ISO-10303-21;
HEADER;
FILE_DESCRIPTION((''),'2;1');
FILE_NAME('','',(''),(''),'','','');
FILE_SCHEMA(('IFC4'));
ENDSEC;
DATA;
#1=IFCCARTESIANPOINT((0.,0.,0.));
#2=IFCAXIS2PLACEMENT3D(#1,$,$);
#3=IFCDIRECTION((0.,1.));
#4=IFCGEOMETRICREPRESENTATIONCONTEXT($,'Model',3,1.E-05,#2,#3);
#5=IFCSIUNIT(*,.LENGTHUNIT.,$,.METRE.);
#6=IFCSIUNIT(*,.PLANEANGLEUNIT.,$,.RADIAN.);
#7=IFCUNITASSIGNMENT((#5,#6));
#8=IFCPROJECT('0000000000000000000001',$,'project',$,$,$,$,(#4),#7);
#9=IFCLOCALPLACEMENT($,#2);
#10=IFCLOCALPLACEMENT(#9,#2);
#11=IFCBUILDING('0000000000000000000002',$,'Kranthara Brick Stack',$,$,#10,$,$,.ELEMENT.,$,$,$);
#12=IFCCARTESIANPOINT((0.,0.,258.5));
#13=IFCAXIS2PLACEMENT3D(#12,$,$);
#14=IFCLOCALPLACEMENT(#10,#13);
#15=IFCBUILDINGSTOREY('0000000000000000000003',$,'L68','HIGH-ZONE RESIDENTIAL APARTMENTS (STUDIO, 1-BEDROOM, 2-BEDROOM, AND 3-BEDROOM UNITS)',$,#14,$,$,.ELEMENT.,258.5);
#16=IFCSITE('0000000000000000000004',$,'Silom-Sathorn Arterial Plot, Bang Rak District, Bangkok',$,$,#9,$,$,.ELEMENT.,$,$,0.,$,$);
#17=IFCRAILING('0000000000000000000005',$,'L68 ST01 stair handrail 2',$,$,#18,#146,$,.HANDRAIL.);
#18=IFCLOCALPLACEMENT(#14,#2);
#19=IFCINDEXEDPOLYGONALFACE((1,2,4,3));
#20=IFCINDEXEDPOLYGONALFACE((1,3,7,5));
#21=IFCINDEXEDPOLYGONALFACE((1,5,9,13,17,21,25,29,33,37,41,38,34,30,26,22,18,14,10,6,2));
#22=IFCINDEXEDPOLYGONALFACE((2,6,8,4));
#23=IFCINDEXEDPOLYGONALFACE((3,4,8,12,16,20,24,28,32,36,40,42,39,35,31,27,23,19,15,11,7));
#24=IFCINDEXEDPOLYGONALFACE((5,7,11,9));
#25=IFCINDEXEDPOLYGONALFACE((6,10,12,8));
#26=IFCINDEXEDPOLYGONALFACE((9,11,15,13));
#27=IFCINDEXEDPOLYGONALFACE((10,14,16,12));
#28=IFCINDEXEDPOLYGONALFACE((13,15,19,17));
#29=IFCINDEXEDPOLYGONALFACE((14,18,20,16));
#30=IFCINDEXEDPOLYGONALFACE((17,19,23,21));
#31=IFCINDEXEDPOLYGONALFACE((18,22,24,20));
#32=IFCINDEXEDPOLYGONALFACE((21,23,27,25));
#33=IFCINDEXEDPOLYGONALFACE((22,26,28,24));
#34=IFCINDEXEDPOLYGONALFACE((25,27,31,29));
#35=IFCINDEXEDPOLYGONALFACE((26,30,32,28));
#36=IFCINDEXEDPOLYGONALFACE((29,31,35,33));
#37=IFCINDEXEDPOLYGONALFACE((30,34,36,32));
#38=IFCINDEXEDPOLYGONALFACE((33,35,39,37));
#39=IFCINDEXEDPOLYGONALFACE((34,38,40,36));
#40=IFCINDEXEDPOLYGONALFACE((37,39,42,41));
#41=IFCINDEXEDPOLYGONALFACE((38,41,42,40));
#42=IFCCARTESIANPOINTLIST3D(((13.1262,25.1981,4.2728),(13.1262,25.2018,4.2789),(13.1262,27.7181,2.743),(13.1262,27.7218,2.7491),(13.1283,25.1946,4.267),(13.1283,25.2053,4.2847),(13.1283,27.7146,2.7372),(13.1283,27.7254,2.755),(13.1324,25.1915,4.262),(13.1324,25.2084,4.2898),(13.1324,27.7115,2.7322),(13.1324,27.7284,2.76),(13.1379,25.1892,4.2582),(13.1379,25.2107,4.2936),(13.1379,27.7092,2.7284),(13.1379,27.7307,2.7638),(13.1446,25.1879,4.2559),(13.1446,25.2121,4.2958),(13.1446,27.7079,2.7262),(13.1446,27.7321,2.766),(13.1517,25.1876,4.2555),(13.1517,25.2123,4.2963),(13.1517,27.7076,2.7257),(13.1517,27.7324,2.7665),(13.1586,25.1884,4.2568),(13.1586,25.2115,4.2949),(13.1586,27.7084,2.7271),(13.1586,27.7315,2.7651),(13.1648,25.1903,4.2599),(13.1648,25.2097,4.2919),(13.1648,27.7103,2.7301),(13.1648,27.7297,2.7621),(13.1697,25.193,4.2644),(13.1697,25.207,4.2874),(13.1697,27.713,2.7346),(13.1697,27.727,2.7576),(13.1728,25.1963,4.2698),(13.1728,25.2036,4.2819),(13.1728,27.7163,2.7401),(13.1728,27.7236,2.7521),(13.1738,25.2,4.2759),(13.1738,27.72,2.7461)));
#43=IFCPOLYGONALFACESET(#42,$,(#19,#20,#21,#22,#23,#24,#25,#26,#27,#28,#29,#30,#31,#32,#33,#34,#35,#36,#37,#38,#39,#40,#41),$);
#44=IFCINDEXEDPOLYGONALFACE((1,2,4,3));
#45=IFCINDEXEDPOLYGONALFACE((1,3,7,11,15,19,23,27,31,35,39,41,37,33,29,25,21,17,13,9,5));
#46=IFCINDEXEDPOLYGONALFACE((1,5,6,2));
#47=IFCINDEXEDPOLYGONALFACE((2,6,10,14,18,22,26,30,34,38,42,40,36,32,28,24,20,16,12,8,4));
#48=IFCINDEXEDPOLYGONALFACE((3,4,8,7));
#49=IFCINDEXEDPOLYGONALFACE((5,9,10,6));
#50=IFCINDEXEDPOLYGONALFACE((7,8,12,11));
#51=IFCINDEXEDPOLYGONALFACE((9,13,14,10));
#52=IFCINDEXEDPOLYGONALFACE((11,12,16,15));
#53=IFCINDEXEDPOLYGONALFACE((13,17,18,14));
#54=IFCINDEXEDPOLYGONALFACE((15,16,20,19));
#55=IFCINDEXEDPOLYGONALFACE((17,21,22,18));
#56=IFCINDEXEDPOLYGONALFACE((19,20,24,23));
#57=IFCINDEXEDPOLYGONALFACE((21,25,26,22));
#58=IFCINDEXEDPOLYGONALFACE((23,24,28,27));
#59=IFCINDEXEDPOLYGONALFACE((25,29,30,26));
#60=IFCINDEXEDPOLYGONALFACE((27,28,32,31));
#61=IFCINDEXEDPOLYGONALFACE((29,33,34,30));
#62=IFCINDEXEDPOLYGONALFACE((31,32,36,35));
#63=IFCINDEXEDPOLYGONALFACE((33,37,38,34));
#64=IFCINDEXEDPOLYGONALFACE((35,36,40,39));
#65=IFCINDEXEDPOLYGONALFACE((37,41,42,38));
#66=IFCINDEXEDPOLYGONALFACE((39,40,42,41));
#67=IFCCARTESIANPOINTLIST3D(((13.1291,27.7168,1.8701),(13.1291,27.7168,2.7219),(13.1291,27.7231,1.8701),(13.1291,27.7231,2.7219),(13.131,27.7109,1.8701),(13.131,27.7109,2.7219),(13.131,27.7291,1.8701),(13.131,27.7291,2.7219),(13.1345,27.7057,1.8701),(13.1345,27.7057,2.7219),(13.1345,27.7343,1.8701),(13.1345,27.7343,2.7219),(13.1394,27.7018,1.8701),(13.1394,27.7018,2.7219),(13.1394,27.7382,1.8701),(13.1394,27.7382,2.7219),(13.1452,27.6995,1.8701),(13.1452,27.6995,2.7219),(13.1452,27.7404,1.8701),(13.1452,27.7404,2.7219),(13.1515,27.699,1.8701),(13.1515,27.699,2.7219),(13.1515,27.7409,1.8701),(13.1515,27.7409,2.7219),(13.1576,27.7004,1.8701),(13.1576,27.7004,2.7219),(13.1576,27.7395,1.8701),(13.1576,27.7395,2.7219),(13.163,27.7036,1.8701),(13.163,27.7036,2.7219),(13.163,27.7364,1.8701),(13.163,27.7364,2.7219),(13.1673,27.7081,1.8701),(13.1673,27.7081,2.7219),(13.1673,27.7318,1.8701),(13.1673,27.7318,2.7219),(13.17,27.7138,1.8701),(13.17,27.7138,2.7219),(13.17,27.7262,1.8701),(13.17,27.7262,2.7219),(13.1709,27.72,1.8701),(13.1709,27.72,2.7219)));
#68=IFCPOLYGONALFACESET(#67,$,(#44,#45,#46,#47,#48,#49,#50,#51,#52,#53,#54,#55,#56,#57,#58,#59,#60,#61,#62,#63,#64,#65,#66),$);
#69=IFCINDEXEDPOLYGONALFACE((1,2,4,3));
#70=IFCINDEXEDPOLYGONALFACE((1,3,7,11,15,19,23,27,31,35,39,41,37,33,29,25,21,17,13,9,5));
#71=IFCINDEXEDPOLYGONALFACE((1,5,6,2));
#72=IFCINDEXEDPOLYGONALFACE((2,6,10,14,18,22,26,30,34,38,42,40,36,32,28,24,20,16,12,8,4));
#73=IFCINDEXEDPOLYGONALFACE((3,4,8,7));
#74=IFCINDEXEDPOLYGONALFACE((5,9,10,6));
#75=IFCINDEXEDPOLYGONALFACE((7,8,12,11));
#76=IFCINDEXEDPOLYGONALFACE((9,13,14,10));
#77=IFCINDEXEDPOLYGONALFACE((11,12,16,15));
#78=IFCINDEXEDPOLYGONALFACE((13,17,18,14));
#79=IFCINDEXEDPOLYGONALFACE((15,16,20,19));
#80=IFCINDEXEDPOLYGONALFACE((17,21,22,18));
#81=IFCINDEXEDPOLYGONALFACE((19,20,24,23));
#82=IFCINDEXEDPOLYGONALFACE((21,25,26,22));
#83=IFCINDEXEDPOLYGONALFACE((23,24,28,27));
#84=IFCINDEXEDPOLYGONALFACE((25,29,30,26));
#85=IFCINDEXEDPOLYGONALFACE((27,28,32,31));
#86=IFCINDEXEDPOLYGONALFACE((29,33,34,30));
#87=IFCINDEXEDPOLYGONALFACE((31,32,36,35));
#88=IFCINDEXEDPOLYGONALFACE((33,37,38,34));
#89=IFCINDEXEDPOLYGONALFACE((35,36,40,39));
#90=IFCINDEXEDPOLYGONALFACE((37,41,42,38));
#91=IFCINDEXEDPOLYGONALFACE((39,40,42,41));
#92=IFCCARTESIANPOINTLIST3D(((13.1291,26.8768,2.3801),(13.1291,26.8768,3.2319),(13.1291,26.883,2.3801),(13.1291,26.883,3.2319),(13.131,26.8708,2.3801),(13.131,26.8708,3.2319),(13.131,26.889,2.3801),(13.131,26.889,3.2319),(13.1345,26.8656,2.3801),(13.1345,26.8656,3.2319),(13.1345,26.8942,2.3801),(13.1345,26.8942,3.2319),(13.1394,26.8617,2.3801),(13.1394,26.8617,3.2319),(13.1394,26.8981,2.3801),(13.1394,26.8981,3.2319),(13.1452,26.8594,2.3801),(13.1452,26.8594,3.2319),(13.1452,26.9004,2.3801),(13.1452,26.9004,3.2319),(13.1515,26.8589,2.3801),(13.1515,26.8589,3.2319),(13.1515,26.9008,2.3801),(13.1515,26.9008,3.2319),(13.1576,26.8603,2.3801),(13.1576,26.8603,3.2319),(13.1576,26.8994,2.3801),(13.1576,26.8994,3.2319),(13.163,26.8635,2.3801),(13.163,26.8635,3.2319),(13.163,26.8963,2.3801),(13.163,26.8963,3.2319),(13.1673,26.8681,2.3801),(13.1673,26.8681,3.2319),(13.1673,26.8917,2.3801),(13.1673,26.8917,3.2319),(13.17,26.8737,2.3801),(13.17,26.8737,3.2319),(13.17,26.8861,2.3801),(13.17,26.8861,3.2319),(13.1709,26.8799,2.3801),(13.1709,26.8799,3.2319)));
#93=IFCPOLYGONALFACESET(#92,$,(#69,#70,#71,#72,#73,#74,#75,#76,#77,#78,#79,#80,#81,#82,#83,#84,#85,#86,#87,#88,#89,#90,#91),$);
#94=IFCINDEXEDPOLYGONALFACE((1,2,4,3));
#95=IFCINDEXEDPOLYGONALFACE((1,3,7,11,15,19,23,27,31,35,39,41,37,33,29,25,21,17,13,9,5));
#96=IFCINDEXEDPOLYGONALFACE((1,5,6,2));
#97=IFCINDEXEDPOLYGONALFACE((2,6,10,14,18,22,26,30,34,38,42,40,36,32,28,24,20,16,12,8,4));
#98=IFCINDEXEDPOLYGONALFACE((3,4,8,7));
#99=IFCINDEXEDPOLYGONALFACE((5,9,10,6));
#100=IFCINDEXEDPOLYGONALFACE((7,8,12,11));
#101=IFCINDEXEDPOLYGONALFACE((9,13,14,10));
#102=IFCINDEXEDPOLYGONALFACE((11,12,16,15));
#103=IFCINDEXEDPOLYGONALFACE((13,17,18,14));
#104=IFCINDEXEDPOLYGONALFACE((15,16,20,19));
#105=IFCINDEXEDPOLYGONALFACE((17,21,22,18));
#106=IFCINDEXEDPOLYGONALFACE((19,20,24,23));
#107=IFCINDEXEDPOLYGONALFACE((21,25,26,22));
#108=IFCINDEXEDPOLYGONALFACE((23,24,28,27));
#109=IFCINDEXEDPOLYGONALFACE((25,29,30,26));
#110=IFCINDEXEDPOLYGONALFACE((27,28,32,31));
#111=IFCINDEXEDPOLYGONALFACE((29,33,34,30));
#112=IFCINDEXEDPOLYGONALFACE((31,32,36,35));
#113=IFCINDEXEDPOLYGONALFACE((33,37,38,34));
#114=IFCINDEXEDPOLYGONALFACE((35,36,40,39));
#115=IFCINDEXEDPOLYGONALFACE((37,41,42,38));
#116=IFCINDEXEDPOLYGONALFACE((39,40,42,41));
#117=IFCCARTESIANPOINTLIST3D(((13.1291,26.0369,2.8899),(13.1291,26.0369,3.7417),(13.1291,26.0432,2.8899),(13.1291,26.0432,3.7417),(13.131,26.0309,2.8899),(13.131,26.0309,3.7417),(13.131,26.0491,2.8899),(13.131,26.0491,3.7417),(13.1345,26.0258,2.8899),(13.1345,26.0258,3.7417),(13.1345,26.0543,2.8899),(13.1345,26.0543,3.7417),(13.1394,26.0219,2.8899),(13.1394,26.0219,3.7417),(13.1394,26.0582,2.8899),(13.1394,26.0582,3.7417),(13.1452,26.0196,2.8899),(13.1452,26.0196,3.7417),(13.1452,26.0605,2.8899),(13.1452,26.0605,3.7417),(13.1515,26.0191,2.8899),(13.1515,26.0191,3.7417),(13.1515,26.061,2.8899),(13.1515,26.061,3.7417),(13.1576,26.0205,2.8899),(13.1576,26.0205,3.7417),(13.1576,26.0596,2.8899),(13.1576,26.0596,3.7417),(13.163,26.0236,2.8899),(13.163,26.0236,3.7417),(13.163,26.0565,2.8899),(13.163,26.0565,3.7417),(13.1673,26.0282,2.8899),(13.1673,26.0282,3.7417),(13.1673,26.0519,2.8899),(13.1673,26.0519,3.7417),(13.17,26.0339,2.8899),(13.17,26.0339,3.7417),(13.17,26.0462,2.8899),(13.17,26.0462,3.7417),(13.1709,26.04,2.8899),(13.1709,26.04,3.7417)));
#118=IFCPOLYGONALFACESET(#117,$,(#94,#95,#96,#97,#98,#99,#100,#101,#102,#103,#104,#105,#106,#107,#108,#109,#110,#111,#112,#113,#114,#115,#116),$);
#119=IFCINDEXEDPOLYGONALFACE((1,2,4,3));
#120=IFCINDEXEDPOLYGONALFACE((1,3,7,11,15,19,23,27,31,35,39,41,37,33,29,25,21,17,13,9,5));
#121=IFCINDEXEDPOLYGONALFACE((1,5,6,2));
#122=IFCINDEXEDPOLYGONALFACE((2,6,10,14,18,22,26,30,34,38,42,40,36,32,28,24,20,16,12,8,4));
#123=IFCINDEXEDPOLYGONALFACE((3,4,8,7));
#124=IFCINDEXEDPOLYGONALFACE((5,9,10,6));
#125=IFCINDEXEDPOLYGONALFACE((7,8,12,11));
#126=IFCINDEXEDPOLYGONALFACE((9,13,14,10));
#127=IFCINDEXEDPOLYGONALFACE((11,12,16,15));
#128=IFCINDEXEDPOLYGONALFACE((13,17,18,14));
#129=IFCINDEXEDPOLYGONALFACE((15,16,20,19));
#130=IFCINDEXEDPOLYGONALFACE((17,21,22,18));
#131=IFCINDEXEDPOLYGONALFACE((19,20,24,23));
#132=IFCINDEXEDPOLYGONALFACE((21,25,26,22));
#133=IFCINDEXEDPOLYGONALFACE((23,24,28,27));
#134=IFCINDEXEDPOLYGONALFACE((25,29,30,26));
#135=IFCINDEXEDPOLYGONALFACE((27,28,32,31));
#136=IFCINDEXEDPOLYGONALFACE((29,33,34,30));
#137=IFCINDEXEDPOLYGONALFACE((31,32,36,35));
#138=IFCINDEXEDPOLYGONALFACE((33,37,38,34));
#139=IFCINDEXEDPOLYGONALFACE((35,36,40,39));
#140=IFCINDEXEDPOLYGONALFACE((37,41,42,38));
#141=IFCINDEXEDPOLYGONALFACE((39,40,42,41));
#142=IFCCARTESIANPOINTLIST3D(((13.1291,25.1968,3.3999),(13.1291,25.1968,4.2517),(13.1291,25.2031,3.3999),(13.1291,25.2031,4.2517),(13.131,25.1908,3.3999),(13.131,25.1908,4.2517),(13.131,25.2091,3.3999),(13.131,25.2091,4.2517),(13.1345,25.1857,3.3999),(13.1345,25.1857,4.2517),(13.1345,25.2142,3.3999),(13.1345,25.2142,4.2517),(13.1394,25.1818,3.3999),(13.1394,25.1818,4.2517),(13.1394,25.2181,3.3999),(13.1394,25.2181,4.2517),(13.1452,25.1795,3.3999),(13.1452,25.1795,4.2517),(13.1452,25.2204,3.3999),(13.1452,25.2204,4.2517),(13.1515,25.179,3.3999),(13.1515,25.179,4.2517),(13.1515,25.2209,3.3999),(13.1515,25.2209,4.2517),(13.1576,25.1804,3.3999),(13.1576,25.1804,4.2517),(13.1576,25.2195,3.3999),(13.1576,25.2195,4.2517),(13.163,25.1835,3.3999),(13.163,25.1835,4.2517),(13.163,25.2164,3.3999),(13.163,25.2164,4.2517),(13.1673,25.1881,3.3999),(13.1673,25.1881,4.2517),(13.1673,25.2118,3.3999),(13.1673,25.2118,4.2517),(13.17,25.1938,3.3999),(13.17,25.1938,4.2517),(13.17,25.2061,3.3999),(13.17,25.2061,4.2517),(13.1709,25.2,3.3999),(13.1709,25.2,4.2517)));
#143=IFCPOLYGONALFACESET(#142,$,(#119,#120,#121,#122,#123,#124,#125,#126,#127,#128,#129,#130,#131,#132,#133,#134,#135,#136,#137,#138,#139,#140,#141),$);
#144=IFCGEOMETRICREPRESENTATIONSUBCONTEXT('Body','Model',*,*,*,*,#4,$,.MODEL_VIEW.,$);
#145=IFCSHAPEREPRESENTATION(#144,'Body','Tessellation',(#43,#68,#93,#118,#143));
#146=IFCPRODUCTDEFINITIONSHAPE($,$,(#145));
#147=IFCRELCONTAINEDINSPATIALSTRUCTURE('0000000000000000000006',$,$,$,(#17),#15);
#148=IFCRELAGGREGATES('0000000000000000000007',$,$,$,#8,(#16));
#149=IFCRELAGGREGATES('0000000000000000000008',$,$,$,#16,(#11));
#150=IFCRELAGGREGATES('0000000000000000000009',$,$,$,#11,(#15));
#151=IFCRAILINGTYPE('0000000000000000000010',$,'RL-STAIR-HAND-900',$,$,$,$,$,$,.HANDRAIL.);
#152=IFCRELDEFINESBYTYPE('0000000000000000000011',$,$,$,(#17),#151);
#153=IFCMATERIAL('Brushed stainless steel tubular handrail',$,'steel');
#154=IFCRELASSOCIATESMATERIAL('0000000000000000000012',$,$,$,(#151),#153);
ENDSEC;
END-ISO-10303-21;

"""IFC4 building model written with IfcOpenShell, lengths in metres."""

from ifc_helpers import new_model, si_unit, direction, frame, origin, origin_2d, place, context, subcontext, project, spatial, circle, extrude, material, type_object, element, save


model = new_model("IFC4")

# Units and contexts
model_context = context("Model", 3, precision=1e-05, world=origin(), true_north=direction((0.0, 1.0)))
body_context = subcontext(model_context, "Body", "Model", "MODEL_VIEW")
ifc_project = project(units=[si_unit("LENGTHUNIT", "METRE"), si_unit("PLANEANGLEUNIT", "RADIAN")], contexts=[model_context])

# Site, building, storey
site_placement = place(None, origin())
site = spatial("IfcSite", under=ifc_project, at=site_placement, Name="Silom-Sathorn Arterial Plot, Bang Rak District, Bangkok", CompositionType="ELEMENT", RefElevation=0.0)
building_placement = place(site_placement, origin())
building = spatial("IfcBuilding", under=site, at=building_placement, Name="Kranthara Brick Stack", CompositionType="ELEMENT")
storey_placement = place(building_placement, frame((0.0, 0.0, 258.5)))
storey = spatial("IfcBuildingStorey", under=building, at=storey_placement, Name="L68", Description="HIGH-ZONE RESIDENTIAL APARTMENTS (STUDIO, 1-BEDROOM, 2-BEDROOM, AND 3-BEDROOM UNITS)", CompositionType="ELEMENT", Elevation=258.5)

# Railing
ifc_material_1 = material(Name="Brushed stainless steel tubular handrail", Category="steel")
railing_type_1 = type_object("IfcRailingType", Name="RL-STAIR-HAND-900", PredefinedType="HANDRAIL", material=ifc_material_1)
railing_1_placement = place(storey_placement, frame((13.1499, 27.72, 1.8701)))
element("IfcRailing", 1, at=railing_1_placement, inside=storey, type_object=railing_type_1, Name="L68 ST01 stair handrail 2", PredefinedType="HANDRAIL", context=body_context, shape_type="SweptSolid", body=[
    extrude(circle(Radius=0.0239, at=origin_2d()), frame((0.0, 0.0, 0.876), z_axis=(0.0, -0.854822, 0.518922), x_axis=(1.0, 0.0, 0.0)), (0.0, 0.0, 1.0), 2.948),
    extrude(circle(Radius=0.021, at=origin_2d()), origin(), (0.0, 0.0, 1.0), 0.8518),
    extrude(circle(Radius=0.021, at=origin_2d()), frame((0.0, -0.8401, 0.51)), (0.0, 0.0, 1.0), 0.8518),
    extrude(circle(Radius=0.021, at=origin_2d()), frame((0.0, -1.6799, 1.0198)), (0.0, 0.0, 1.0), 0.8518),
    extrude(circle(Radius=0.021, at=origin_2d()), frame((0.0, -2.52, 1.5298)), (0.0, 0.0, 1.0), 0.8518),
])

save(model, "model.ifc")
